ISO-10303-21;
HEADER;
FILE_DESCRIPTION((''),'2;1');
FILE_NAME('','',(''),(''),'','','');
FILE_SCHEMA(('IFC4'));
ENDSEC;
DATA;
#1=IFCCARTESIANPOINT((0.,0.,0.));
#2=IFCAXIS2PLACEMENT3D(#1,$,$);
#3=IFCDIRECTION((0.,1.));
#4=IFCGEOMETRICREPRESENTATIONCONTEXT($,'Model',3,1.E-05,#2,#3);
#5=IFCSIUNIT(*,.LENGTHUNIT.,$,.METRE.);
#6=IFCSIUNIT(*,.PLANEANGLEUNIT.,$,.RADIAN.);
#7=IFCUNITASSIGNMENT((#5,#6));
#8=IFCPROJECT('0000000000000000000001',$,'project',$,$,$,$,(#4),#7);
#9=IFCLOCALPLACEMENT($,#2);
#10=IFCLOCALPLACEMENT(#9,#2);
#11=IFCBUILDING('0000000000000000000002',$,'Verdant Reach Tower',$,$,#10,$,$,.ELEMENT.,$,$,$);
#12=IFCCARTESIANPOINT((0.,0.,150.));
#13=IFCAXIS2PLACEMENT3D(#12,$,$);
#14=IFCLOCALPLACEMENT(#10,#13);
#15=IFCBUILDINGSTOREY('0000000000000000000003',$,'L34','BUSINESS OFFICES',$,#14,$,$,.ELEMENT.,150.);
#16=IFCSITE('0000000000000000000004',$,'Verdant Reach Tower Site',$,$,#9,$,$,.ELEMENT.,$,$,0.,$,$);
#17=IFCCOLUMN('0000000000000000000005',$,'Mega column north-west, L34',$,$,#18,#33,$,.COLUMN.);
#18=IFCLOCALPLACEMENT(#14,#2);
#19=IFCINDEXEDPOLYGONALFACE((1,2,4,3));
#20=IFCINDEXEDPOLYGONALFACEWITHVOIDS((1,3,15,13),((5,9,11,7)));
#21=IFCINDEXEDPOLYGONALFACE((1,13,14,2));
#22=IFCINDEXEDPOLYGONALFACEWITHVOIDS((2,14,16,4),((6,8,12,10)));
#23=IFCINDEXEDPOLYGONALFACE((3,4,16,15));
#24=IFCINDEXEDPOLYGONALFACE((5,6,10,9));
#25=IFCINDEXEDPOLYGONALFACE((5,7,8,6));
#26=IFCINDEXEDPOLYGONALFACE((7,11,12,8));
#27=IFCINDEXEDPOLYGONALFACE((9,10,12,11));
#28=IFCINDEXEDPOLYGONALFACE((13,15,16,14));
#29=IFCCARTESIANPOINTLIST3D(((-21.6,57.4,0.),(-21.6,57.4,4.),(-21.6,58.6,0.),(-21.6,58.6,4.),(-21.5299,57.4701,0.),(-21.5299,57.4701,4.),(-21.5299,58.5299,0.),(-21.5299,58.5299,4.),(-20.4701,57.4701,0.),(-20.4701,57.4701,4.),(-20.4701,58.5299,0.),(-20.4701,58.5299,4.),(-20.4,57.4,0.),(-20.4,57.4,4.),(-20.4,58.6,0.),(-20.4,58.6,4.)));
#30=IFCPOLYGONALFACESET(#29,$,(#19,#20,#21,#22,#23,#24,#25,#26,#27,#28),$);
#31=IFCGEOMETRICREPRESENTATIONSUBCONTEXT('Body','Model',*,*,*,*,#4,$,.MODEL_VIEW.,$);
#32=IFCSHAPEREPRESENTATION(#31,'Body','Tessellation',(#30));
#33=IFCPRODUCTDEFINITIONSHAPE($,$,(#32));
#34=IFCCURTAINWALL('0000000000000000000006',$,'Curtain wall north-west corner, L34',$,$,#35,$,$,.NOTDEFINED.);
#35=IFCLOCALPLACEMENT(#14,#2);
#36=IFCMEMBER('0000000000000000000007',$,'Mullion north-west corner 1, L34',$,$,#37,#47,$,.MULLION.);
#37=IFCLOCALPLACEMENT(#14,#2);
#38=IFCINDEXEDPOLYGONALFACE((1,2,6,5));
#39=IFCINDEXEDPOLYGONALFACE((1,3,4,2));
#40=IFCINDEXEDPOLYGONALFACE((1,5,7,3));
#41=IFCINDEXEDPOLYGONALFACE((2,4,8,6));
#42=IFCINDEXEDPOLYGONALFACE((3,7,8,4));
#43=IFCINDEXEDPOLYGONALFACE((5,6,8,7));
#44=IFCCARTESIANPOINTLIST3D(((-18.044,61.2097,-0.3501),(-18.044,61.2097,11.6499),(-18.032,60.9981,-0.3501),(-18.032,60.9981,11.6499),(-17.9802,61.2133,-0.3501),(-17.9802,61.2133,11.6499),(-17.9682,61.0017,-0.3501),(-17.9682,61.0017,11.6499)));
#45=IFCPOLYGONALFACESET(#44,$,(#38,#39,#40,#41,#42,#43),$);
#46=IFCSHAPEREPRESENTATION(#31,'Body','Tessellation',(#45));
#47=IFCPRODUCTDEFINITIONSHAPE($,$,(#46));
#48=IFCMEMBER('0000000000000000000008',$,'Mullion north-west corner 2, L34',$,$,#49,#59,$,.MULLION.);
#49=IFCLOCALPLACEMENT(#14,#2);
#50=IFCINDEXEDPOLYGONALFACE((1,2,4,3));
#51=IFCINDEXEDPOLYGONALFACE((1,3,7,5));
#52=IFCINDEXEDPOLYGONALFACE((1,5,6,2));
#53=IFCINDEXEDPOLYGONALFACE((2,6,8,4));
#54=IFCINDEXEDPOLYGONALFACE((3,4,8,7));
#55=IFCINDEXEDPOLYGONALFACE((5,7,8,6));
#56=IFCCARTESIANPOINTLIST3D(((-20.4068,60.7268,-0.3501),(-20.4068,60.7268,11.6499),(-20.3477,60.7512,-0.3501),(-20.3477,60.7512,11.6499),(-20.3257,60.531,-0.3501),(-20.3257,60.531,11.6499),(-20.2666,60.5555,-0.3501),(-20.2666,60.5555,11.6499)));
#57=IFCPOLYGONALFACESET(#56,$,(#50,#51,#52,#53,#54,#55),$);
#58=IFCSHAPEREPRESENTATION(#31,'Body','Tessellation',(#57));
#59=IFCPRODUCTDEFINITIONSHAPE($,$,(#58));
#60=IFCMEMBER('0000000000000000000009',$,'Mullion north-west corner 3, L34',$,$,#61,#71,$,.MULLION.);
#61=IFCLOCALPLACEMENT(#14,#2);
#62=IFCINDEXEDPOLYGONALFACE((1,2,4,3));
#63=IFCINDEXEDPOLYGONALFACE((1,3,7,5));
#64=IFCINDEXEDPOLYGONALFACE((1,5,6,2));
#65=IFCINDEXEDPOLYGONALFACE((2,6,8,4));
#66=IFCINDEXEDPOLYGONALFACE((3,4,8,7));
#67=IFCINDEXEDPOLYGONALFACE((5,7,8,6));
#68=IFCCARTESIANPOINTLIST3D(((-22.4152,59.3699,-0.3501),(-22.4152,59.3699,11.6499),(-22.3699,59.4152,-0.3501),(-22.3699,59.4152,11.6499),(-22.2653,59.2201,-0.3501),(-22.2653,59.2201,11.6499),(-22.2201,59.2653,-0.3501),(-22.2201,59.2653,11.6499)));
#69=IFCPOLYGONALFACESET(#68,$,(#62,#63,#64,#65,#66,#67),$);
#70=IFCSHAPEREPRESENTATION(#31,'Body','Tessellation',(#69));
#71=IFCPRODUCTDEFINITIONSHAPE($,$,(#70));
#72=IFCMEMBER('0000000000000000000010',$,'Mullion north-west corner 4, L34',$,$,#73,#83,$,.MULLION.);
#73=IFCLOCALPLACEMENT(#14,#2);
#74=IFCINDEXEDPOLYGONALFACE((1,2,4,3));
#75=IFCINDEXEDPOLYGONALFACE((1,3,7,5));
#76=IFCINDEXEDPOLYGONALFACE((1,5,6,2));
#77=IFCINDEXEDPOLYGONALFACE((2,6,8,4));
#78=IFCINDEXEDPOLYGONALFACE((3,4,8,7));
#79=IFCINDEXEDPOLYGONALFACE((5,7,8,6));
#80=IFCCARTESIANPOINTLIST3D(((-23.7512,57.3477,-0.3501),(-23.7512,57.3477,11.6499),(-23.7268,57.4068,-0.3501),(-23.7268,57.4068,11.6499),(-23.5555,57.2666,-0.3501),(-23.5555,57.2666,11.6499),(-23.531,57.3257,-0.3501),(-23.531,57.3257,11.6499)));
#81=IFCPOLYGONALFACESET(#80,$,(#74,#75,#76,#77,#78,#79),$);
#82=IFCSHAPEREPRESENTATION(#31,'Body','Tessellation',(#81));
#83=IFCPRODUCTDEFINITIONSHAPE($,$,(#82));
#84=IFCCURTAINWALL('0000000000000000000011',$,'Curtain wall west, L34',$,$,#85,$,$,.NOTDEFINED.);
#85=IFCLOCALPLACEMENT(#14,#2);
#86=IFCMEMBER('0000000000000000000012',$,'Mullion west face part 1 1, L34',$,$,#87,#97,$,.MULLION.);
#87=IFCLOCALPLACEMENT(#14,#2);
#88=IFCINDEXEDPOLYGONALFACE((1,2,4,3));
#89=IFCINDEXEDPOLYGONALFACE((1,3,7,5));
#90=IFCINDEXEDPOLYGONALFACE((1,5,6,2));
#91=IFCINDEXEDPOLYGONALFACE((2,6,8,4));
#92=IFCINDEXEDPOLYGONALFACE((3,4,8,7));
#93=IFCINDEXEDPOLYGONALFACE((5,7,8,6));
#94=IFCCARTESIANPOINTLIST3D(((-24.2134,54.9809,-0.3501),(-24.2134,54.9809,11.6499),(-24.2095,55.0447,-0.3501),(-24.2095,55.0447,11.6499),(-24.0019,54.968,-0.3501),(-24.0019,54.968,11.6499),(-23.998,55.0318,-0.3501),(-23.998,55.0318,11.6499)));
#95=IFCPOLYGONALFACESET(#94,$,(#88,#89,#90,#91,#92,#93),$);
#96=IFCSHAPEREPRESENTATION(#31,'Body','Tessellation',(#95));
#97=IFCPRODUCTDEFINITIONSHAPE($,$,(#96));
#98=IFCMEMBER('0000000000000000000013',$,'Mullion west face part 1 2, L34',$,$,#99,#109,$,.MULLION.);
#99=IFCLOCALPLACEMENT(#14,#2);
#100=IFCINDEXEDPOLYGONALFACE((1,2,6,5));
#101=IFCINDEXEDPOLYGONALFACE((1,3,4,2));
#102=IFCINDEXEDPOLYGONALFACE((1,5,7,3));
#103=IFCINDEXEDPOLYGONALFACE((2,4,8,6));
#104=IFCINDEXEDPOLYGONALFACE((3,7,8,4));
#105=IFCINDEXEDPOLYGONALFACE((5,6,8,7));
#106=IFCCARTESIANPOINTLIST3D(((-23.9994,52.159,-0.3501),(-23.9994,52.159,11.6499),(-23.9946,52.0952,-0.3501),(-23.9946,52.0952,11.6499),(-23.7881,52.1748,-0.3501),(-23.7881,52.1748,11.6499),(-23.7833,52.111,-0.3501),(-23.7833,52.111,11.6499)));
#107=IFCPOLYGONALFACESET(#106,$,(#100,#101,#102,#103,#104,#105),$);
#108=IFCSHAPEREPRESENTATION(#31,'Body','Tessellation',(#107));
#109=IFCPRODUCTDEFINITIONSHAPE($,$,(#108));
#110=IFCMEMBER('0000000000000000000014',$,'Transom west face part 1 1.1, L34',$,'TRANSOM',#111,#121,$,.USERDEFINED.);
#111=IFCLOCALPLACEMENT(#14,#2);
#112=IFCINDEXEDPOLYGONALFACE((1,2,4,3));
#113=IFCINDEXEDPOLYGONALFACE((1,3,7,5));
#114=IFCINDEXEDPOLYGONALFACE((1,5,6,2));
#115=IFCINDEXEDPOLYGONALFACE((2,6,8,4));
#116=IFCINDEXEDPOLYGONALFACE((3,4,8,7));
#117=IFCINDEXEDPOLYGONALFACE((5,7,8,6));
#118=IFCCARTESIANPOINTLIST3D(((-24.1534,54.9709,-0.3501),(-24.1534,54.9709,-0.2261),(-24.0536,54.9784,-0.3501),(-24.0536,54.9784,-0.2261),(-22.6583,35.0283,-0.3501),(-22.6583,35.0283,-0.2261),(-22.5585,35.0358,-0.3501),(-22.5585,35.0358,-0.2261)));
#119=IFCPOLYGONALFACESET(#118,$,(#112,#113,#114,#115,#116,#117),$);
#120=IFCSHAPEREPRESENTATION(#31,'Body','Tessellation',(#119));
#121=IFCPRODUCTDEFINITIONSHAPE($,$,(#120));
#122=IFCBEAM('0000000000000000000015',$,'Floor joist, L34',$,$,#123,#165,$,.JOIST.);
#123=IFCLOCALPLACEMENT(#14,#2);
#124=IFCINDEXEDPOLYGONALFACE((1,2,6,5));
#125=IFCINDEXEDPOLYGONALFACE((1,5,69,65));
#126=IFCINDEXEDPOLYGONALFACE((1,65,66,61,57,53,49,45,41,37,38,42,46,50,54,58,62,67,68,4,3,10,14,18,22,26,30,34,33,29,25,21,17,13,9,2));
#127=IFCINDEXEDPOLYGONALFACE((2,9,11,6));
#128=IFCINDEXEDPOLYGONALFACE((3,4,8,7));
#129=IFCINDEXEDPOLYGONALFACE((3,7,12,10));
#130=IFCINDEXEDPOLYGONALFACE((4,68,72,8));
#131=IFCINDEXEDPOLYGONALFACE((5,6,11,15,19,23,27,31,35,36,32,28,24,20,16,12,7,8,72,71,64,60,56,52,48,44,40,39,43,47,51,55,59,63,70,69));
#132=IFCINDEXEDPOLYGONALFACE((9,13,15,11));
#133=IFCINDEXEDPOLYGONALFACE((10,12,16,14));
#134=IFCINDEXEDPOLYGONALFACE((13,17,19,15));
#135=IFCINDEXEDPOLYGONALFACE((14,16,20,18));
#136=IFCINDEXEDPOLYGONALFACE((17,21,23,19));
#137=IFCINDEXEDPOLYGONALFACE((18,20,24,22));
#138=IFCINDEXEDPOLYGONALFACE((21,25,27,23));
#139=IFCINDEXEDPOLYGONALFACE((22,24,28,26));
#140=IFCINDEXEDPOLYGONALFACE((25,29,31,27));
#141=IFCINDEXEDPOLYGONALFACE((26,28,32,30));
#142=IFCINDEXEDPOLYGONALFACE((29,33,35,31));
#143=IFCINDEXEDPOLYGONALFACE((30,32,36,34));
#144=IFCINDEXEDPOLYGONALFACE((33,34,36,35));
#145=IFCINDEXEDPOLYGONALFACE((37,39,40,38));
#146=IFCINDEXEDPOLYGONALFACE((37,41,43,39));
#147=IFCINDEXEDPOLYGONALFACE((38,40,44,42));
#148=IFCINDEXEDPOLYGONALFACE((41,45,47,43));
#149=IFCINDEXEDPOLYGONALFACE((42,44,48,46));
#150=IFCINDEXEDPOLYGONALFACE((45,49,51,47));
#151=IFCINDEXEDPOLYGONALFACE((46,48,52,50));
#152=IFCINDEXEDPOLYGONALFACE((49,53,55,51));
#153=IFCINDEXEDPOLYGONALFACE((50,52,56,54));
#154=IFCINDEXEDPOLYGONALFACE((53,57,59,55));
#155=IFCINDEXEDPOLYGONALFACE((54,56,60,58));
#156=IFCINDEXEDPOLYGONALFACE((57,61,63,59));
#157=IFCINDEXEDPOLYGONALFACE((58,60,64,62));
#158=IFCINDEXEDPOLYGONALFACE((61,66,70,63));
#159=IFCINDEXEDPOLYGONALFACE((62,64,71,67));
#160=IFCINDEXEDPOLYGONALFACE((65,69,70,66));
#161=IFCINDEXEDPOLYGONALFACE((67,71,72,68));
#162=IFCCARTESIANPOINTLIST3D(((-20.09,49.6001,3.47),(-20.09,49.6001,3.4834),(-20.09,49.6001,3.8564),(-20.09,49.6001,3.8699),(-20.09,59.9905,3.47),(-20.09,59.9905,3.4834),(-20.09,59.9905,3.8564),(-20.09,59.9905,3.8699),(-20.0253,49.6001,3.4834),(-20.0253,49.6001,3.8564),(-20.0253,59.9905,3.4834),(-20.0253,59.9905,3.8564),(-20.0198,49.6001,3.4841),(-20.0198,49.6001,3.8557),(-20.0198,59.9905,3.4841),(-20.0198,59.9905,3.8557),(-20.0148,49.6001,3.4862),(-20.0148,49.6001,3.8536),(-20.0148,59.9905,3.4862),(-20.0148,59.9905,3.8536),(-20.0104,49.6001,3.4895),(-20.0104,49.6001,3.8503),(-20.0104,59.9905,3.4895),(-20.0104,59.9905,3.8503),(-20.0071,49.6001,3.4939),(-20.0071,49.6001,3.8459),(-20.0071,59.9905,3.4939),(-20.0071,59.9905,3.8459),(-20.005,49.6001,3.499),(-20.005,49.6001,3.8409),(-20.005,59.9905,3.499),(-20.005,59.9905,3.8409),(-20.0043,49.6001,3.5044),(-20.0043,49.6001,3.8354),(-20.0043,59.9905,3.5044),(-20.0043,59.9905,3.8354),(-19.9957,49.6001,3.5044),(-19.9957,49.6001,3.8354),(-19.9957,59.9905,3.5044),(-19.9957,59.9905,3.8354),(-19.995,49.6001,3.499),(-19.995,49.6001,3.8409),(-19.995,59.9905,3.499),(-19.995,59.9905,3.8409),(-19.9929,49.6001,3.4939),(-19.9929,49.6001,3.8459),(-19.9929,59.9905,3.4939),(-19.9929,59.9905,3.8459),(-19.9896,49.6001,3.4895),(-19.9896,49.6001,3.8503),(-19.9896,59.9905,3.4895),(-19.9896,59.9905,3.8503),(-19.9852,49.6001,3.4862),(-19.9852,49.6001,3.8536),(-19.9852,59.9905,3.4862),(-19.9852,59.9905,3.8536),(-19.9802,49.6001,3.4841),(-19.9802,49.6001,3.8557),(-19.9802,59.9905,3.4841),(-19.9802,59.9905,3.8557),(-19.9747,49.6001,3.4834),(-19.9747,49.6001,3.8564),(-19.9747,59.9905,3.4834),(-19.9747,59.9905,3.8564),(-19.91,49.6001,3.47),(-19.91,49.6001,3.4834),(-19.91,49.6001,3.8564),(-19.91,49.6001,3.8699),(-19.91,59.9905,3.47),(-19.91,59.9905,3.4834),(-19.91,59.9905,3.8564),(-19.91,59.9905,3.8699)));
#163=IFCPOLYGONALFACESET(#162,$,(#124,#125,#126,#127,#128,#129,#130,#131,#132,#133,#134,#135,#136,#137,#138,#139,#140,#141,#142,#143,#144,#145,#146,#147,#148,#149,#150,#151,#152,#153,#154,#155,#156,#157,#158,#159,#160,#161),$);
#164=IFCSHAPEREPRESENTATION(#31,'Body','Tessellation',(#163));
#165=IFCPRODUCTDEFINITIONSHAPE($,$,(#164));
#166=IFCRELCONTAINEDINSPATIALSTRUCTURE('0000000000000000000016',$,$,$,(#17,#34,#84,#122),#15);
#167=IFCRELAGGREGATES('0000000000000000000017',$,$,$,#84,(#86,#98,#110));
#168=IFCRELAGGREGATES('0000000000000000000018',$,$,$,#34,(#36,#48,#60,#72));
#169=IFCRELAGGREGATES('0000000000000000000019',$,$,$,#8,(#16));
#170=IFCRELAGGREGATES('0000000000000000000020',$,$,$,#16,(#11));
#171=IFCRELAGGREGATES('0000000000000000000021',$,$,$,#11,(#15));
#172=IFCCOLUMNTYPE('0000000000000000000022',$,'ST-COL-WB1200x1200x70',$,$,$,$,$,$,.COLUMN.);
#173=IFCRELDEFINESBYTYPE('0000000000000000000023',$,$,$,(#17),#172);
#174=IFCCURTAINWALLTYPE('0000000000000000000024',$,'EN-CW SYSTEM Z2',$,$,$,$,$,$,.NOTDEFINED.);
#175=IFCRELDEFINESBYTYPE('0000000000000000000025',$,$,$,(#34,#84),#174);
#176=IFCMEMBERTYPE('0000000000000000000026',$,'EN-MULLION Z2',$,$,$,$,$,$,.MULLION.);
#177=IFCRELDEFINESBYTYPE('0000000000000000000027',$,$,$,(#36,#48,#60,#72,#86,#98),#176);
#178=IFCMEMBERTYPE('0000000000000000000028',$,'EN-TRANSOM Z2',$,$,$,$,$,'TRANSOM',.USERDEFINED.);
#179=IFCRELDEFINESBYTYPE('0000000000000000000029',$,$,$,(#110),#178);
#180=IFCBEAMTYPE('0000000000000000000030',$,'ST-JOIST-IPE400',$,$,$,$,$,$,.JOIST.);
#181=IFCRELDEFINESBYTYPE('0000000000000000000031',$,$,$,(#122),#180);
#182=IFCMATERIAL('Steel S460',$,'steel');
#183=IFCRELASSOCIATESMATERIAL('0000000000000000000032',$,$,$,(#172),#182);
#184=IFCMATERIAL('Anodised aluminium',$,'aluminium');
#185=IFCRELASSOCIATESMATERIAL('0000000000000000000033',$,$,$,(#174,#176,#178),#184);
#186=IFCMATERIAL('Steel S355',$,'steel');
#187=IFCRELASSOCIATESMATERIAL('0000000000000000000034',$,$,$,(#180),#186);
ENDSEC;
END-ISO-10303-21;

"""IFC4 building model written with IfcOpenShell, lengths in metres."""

from ifc_helpers import new_model, si_unit, direction, frame, origin, origin_2d, place, context, subcontext, project, spatial, rectangle, hollow_rectangle, i_section, extrude, material, material_profile, profile_set, type_object, element, aggregate, save


model = new_model("IFC4")

# Units and contexts
model_context = context("Model", 3, precision=1e-05, world=origin(), true_north=direction((0.0, 1.0)))
body_context = subcontext(model_context, "Body", "Model", "MODEL_VIEW")
ifc_project = project(units=[si_unit("LENGTHUNIT", "METRE"), si_unit("PLANEANGLEUNIT", "RADIAN")], contexts=[model_context])

# Site, building, storey
site_placement = place(None, origin())
site = spatial("IfcSite", under=ifc_project, at=site_placement, Name="Verdant Reach Tower Site", CompositionType="ELEMENT", RefElevation=0.0)
building_placement = place(site_placement, origin())
building = spatial("IfcBuilding", under=site, at=building_placement, Name="Verdant Reach Tower", CompositionType="ELEMENT")
storey_placement = place(building_placement, frame((0.0, 0.0, 150.0)))
storey = spatial("IfcBuildingStorey", under=building, at=storey_placement, Name="L34", Description="BUSINESS OFFICES", CompositionType="ELEMENT", Elevation=150.0)

# Column
ifc_material_1 = material(Name="Steel S460", Category="steel")
ifc_material_profile_1 = material_profile(ifc_material_1, hollow_rectangle(XDim=1.2, YDim=1.2, WallThickness=0.0701, at=origin_2d()), Name="WB 1200x1200x70")
ifc_profile_set_1 = profile_set([ifc_material_profile_1], Name="Steel S460")
column_type = type_object("IfcColumnType", Name="ST-COL-WB1200x1200x70", PredefinedType="COLUMN", material=ifc_profile_set_1)
column_placement = place(storey_placement, frame((-21.0, 58.0, 0.0), z_axis=(0.0, 0.0, 1.0), x_axis=(1.0, 0.0, 0.0)))
element("IfcColumn", 1, at=column_placement, inside=storey, type_object=column_type, Name="Mega column north-west, L34", PredefinedType="COLUMN", context=body_context, shape_type="SweptSolid", body=[
    extrude(hollow_rectangle(XDim=1.2, YDim=1.2, WallThickness=0.0701, at=origin_2d()), origin(), (0.0, 0.0, 1.0), 4.0),
])

# Curtain walls, members
ifc_material_2 = material(Name="Anodised aluminium", Category="aluminium")
curtain_wall_type = type_object("IfcCurtainWallType", Name="EN-CW SYSTEM Z2", PredefinedType="NOTDEFINED", material=ifc_material_2)
curtain_wall_1_placement = place(storey_placement, origin())
curtain_wall_1 = element("IfcCurtainWall", 2, at=curtain_wall_1_placement, inside=storey, type_object=curtain_wall_type, Name="Curtain wall north-west corner, L34", PredefinedType="NOTDEFINED")
ifc_material_profile_2 = material_profile(ifc_material_2, rectangle(XDim=0.2119, YDim=0.064, at=origin_2d()), Name="Mullion 64x212")
ifc_profile_set_2 = profile_set([ifc_material_profile_2], Name="Anodised aluminium")
member_type_1 = type_object("IfcMemberType", Name="EN-MULLION Z2", PredefinedType="MULLION", material=ifc_profile_set_2)
member_1_placement = place(storey_placement, frame((-18.0061, 61.1057, -0.3501), z_axis=(0.0, 0.0, 1.0), x_axis=(-0.056569, 0.998399, 0.0)))
member_1 = element("IfcMember", 3, at=member_1_placement, type_object=member_type_1, Name="Mullion north-west corner 1, L34", PredefinedType="MULLION", context=body_context, shape_type="SweptSolid", body=[
    extrude(rectangle(XDim=0.2119, YDim=0.064, at=origin_2d()), origin(), (0.0, 0.0, 1.0), 12.0),
])
member_2_placement = place(storey_placement, frame((-20.3367, 60.6411, -0.3501), z_axis=(0.0, 0.0, 1.0), x_axis=(-0.382694, 0.923875, 0.0)))
member_2 = element("IfcMember", 4, at=member_2_placement, type_object=member_type_1, Name="Mullion north-west corner 2, L34", PredefinedType="MULLION", context=body_context, shape_type="SweptSolid", body=[
    extrude(rectangle(XDim=0.2119, YDim=0.064, at=origin_2d()), origin(), (0.0, 0.0, 1.0), 12.0),
])
member_3_placement = place(storey_placement, frame((-22.3176, 59.3176, -0.3501), z_axis=(0.0, 0.0, 1.0), x_axis=(-0.707107, 0.707107, 0.0)))
member_3 = element("IfcMember", 5, at=member_3_placement, type_object=member_type_1, Name="Mullion north-west corner 3, L34", PredefinedType="MULLION", context=body_context, shape_type="SweptSolid", body=[
    extrude(rectangle(XDim=0.2119, YDim=0.064, at=origin_2d()), origin(), (0.0, 0.0, 1.0), 12.0),
])
member_4_placement = place(storey_placement, frame((-23.6411, 57.3367, -0.3501), z_axis=(0.0, 0.0, 1.0), x_axis=(-0.923875, 0.382694, 0.0)))
member_4 = element("IfcMember", 6, at=member_4_placement, type_object=member_type_1, Name="Mullion north-west corner 4, L34", PredefinedType="MULLION", context=body_context, shape_type="SweptSolid", body=[
    extrude(rectangle(XDim=0.2119, YDim=0.064, at=origin_2d()), origin(), (0.0, 0.0, 1.0), 12.0),
])
curtain_wall_2_placement = place(storey_placement, origin())
curtain_wall_2 = element("IfcCurtainWall", 7, at=curtain_wall_2_placement, inside=storey, type_object=curtain_wall_type, Name="Curtain wall west, L34", PredefinedType="NOTDEFINED")
member_5_placement = place(storey_placement, frame((-24.1057, 55.0063, -0.3501), z_axis=(0.0, 0.0, 1.0), x_axis=(-0.998156, 0.060703, 0.0)))
member_5 = element("IfcMember", 8, at=member_5_placement, type_object=member_type_1, Name="Mullion west face part 1 1, L34", PredefinedType="MULLION", context=body_context, shape_type="SweptSolid", body=[
    extrude(rectangle(XDim=0.2119, YDim=0.064, at=origin_2d()), origin(), (0.0, 0.0, 1.0), 12.0),
])
member_6_placement = place(storey_placement, frame((-23.8914, 52.135, -0.3501), z_axis=(0.0, 0.0, 1.0), x_axis=(-0.997199, -0.07479, 0.0)))
member_6 = element("IfcMember", 9, at=member_6_placement, type_object=member_type_1, Name="Mullion west face part 1 2, L34", PredefinedType="MULLION", context=body_context, shape_type="SweptSolid", body=[
    extrude(rectangle(XDim=0.2119, YDim=0.064, at=origin_2d()), origin(), (0.0, 0.0, 1.0), 12.0),
])
ifc_material_profile_3 = material_profile(ifc_material_2, rectangle(XDim=0.1001, YDim=0.124, at=origin_2d()), Name="Transom 124x100")
ifc_profile_set_3 = profile_set([ifc_material_profile_3], Name="Anodised aluminium")
member_type_2 = type_object("IfcMemberType", Name="EN-TRANSOM Z2", ElementType="TRANSOM", PredefinedType="USERDEFINED", material=ifc_profile_set_3)
member_7_placement = place(storey_placement, frame((-24.1035, 54.9746, -0.2881), z_axis=(0.074761, -0.997201, 0.0), x_axis=(0.997201, 0.074761, 0.0)))
member_7 = element("IfcMember", 10, at=member_7_placement, type_object=member_type_2, Name="Transom west face part 1 1.1, L34", ObjectType="TRANSOM", PredefinedType="USERDEFINED", context=body_context, shape_type="SweptSolid", body=[
    extrude(rectangle(XDim=0.1001, YDim=0.124, at=origin_2d()), origin(), (0.0, 0.0, 1.0), 19.9985),
])

# Beam
ifc_material_3 = material(Name="Steel S355", Category="steel")
ifc_material_profile_4 = material_profile(ifc_material_3, i_section(OverallWidth=0.1799, OverallDepth=0.3999, WebThickness=0.0085, FlangeThickness=0.0134, FilletRadius=0.021, at=origin_2d()), Name="IPE 400")
ifc_profile_set_4 = profile_set([ifc_material_profile_4], Name="Steel S355")
beam_type_1 = type_object("IfcBeamType", Name="ST-JOIST-IPE400", PredefinedType="JOIST", material=ifc_profile_set_4)
beam_1_placement = place(storey_placement, frame((-20.0, 49.6001, 3.6699), z_axis=(0.0, 1.0, 0.0), x_axis=(-1.0, 0.0, 0.0)))
element("IfcBeam", 11, at=beam_1_placement, inside=storey, type_object=beam_type_1, Name="Floor joist, L34", PredefinedType="JOIST", context=body_context, shape_type="SweptSolid", body=[
    extrude(i_section(OverallWidth=0.1799, OverallDepth=0.3999, WebThickness=0.0085, FlangeThickness=0.0134, FilletRadius=0.021, at=origin_2d()), origin(), (0.0, 0.0, 1.0), 10.3904),
])

aggregate(curtain_wall_2, [member_5, member_6, member_7])

aggregate(curtain_wall_1, [member_1, member_2, member_3, member_4])

save(model, "model.ifc")
